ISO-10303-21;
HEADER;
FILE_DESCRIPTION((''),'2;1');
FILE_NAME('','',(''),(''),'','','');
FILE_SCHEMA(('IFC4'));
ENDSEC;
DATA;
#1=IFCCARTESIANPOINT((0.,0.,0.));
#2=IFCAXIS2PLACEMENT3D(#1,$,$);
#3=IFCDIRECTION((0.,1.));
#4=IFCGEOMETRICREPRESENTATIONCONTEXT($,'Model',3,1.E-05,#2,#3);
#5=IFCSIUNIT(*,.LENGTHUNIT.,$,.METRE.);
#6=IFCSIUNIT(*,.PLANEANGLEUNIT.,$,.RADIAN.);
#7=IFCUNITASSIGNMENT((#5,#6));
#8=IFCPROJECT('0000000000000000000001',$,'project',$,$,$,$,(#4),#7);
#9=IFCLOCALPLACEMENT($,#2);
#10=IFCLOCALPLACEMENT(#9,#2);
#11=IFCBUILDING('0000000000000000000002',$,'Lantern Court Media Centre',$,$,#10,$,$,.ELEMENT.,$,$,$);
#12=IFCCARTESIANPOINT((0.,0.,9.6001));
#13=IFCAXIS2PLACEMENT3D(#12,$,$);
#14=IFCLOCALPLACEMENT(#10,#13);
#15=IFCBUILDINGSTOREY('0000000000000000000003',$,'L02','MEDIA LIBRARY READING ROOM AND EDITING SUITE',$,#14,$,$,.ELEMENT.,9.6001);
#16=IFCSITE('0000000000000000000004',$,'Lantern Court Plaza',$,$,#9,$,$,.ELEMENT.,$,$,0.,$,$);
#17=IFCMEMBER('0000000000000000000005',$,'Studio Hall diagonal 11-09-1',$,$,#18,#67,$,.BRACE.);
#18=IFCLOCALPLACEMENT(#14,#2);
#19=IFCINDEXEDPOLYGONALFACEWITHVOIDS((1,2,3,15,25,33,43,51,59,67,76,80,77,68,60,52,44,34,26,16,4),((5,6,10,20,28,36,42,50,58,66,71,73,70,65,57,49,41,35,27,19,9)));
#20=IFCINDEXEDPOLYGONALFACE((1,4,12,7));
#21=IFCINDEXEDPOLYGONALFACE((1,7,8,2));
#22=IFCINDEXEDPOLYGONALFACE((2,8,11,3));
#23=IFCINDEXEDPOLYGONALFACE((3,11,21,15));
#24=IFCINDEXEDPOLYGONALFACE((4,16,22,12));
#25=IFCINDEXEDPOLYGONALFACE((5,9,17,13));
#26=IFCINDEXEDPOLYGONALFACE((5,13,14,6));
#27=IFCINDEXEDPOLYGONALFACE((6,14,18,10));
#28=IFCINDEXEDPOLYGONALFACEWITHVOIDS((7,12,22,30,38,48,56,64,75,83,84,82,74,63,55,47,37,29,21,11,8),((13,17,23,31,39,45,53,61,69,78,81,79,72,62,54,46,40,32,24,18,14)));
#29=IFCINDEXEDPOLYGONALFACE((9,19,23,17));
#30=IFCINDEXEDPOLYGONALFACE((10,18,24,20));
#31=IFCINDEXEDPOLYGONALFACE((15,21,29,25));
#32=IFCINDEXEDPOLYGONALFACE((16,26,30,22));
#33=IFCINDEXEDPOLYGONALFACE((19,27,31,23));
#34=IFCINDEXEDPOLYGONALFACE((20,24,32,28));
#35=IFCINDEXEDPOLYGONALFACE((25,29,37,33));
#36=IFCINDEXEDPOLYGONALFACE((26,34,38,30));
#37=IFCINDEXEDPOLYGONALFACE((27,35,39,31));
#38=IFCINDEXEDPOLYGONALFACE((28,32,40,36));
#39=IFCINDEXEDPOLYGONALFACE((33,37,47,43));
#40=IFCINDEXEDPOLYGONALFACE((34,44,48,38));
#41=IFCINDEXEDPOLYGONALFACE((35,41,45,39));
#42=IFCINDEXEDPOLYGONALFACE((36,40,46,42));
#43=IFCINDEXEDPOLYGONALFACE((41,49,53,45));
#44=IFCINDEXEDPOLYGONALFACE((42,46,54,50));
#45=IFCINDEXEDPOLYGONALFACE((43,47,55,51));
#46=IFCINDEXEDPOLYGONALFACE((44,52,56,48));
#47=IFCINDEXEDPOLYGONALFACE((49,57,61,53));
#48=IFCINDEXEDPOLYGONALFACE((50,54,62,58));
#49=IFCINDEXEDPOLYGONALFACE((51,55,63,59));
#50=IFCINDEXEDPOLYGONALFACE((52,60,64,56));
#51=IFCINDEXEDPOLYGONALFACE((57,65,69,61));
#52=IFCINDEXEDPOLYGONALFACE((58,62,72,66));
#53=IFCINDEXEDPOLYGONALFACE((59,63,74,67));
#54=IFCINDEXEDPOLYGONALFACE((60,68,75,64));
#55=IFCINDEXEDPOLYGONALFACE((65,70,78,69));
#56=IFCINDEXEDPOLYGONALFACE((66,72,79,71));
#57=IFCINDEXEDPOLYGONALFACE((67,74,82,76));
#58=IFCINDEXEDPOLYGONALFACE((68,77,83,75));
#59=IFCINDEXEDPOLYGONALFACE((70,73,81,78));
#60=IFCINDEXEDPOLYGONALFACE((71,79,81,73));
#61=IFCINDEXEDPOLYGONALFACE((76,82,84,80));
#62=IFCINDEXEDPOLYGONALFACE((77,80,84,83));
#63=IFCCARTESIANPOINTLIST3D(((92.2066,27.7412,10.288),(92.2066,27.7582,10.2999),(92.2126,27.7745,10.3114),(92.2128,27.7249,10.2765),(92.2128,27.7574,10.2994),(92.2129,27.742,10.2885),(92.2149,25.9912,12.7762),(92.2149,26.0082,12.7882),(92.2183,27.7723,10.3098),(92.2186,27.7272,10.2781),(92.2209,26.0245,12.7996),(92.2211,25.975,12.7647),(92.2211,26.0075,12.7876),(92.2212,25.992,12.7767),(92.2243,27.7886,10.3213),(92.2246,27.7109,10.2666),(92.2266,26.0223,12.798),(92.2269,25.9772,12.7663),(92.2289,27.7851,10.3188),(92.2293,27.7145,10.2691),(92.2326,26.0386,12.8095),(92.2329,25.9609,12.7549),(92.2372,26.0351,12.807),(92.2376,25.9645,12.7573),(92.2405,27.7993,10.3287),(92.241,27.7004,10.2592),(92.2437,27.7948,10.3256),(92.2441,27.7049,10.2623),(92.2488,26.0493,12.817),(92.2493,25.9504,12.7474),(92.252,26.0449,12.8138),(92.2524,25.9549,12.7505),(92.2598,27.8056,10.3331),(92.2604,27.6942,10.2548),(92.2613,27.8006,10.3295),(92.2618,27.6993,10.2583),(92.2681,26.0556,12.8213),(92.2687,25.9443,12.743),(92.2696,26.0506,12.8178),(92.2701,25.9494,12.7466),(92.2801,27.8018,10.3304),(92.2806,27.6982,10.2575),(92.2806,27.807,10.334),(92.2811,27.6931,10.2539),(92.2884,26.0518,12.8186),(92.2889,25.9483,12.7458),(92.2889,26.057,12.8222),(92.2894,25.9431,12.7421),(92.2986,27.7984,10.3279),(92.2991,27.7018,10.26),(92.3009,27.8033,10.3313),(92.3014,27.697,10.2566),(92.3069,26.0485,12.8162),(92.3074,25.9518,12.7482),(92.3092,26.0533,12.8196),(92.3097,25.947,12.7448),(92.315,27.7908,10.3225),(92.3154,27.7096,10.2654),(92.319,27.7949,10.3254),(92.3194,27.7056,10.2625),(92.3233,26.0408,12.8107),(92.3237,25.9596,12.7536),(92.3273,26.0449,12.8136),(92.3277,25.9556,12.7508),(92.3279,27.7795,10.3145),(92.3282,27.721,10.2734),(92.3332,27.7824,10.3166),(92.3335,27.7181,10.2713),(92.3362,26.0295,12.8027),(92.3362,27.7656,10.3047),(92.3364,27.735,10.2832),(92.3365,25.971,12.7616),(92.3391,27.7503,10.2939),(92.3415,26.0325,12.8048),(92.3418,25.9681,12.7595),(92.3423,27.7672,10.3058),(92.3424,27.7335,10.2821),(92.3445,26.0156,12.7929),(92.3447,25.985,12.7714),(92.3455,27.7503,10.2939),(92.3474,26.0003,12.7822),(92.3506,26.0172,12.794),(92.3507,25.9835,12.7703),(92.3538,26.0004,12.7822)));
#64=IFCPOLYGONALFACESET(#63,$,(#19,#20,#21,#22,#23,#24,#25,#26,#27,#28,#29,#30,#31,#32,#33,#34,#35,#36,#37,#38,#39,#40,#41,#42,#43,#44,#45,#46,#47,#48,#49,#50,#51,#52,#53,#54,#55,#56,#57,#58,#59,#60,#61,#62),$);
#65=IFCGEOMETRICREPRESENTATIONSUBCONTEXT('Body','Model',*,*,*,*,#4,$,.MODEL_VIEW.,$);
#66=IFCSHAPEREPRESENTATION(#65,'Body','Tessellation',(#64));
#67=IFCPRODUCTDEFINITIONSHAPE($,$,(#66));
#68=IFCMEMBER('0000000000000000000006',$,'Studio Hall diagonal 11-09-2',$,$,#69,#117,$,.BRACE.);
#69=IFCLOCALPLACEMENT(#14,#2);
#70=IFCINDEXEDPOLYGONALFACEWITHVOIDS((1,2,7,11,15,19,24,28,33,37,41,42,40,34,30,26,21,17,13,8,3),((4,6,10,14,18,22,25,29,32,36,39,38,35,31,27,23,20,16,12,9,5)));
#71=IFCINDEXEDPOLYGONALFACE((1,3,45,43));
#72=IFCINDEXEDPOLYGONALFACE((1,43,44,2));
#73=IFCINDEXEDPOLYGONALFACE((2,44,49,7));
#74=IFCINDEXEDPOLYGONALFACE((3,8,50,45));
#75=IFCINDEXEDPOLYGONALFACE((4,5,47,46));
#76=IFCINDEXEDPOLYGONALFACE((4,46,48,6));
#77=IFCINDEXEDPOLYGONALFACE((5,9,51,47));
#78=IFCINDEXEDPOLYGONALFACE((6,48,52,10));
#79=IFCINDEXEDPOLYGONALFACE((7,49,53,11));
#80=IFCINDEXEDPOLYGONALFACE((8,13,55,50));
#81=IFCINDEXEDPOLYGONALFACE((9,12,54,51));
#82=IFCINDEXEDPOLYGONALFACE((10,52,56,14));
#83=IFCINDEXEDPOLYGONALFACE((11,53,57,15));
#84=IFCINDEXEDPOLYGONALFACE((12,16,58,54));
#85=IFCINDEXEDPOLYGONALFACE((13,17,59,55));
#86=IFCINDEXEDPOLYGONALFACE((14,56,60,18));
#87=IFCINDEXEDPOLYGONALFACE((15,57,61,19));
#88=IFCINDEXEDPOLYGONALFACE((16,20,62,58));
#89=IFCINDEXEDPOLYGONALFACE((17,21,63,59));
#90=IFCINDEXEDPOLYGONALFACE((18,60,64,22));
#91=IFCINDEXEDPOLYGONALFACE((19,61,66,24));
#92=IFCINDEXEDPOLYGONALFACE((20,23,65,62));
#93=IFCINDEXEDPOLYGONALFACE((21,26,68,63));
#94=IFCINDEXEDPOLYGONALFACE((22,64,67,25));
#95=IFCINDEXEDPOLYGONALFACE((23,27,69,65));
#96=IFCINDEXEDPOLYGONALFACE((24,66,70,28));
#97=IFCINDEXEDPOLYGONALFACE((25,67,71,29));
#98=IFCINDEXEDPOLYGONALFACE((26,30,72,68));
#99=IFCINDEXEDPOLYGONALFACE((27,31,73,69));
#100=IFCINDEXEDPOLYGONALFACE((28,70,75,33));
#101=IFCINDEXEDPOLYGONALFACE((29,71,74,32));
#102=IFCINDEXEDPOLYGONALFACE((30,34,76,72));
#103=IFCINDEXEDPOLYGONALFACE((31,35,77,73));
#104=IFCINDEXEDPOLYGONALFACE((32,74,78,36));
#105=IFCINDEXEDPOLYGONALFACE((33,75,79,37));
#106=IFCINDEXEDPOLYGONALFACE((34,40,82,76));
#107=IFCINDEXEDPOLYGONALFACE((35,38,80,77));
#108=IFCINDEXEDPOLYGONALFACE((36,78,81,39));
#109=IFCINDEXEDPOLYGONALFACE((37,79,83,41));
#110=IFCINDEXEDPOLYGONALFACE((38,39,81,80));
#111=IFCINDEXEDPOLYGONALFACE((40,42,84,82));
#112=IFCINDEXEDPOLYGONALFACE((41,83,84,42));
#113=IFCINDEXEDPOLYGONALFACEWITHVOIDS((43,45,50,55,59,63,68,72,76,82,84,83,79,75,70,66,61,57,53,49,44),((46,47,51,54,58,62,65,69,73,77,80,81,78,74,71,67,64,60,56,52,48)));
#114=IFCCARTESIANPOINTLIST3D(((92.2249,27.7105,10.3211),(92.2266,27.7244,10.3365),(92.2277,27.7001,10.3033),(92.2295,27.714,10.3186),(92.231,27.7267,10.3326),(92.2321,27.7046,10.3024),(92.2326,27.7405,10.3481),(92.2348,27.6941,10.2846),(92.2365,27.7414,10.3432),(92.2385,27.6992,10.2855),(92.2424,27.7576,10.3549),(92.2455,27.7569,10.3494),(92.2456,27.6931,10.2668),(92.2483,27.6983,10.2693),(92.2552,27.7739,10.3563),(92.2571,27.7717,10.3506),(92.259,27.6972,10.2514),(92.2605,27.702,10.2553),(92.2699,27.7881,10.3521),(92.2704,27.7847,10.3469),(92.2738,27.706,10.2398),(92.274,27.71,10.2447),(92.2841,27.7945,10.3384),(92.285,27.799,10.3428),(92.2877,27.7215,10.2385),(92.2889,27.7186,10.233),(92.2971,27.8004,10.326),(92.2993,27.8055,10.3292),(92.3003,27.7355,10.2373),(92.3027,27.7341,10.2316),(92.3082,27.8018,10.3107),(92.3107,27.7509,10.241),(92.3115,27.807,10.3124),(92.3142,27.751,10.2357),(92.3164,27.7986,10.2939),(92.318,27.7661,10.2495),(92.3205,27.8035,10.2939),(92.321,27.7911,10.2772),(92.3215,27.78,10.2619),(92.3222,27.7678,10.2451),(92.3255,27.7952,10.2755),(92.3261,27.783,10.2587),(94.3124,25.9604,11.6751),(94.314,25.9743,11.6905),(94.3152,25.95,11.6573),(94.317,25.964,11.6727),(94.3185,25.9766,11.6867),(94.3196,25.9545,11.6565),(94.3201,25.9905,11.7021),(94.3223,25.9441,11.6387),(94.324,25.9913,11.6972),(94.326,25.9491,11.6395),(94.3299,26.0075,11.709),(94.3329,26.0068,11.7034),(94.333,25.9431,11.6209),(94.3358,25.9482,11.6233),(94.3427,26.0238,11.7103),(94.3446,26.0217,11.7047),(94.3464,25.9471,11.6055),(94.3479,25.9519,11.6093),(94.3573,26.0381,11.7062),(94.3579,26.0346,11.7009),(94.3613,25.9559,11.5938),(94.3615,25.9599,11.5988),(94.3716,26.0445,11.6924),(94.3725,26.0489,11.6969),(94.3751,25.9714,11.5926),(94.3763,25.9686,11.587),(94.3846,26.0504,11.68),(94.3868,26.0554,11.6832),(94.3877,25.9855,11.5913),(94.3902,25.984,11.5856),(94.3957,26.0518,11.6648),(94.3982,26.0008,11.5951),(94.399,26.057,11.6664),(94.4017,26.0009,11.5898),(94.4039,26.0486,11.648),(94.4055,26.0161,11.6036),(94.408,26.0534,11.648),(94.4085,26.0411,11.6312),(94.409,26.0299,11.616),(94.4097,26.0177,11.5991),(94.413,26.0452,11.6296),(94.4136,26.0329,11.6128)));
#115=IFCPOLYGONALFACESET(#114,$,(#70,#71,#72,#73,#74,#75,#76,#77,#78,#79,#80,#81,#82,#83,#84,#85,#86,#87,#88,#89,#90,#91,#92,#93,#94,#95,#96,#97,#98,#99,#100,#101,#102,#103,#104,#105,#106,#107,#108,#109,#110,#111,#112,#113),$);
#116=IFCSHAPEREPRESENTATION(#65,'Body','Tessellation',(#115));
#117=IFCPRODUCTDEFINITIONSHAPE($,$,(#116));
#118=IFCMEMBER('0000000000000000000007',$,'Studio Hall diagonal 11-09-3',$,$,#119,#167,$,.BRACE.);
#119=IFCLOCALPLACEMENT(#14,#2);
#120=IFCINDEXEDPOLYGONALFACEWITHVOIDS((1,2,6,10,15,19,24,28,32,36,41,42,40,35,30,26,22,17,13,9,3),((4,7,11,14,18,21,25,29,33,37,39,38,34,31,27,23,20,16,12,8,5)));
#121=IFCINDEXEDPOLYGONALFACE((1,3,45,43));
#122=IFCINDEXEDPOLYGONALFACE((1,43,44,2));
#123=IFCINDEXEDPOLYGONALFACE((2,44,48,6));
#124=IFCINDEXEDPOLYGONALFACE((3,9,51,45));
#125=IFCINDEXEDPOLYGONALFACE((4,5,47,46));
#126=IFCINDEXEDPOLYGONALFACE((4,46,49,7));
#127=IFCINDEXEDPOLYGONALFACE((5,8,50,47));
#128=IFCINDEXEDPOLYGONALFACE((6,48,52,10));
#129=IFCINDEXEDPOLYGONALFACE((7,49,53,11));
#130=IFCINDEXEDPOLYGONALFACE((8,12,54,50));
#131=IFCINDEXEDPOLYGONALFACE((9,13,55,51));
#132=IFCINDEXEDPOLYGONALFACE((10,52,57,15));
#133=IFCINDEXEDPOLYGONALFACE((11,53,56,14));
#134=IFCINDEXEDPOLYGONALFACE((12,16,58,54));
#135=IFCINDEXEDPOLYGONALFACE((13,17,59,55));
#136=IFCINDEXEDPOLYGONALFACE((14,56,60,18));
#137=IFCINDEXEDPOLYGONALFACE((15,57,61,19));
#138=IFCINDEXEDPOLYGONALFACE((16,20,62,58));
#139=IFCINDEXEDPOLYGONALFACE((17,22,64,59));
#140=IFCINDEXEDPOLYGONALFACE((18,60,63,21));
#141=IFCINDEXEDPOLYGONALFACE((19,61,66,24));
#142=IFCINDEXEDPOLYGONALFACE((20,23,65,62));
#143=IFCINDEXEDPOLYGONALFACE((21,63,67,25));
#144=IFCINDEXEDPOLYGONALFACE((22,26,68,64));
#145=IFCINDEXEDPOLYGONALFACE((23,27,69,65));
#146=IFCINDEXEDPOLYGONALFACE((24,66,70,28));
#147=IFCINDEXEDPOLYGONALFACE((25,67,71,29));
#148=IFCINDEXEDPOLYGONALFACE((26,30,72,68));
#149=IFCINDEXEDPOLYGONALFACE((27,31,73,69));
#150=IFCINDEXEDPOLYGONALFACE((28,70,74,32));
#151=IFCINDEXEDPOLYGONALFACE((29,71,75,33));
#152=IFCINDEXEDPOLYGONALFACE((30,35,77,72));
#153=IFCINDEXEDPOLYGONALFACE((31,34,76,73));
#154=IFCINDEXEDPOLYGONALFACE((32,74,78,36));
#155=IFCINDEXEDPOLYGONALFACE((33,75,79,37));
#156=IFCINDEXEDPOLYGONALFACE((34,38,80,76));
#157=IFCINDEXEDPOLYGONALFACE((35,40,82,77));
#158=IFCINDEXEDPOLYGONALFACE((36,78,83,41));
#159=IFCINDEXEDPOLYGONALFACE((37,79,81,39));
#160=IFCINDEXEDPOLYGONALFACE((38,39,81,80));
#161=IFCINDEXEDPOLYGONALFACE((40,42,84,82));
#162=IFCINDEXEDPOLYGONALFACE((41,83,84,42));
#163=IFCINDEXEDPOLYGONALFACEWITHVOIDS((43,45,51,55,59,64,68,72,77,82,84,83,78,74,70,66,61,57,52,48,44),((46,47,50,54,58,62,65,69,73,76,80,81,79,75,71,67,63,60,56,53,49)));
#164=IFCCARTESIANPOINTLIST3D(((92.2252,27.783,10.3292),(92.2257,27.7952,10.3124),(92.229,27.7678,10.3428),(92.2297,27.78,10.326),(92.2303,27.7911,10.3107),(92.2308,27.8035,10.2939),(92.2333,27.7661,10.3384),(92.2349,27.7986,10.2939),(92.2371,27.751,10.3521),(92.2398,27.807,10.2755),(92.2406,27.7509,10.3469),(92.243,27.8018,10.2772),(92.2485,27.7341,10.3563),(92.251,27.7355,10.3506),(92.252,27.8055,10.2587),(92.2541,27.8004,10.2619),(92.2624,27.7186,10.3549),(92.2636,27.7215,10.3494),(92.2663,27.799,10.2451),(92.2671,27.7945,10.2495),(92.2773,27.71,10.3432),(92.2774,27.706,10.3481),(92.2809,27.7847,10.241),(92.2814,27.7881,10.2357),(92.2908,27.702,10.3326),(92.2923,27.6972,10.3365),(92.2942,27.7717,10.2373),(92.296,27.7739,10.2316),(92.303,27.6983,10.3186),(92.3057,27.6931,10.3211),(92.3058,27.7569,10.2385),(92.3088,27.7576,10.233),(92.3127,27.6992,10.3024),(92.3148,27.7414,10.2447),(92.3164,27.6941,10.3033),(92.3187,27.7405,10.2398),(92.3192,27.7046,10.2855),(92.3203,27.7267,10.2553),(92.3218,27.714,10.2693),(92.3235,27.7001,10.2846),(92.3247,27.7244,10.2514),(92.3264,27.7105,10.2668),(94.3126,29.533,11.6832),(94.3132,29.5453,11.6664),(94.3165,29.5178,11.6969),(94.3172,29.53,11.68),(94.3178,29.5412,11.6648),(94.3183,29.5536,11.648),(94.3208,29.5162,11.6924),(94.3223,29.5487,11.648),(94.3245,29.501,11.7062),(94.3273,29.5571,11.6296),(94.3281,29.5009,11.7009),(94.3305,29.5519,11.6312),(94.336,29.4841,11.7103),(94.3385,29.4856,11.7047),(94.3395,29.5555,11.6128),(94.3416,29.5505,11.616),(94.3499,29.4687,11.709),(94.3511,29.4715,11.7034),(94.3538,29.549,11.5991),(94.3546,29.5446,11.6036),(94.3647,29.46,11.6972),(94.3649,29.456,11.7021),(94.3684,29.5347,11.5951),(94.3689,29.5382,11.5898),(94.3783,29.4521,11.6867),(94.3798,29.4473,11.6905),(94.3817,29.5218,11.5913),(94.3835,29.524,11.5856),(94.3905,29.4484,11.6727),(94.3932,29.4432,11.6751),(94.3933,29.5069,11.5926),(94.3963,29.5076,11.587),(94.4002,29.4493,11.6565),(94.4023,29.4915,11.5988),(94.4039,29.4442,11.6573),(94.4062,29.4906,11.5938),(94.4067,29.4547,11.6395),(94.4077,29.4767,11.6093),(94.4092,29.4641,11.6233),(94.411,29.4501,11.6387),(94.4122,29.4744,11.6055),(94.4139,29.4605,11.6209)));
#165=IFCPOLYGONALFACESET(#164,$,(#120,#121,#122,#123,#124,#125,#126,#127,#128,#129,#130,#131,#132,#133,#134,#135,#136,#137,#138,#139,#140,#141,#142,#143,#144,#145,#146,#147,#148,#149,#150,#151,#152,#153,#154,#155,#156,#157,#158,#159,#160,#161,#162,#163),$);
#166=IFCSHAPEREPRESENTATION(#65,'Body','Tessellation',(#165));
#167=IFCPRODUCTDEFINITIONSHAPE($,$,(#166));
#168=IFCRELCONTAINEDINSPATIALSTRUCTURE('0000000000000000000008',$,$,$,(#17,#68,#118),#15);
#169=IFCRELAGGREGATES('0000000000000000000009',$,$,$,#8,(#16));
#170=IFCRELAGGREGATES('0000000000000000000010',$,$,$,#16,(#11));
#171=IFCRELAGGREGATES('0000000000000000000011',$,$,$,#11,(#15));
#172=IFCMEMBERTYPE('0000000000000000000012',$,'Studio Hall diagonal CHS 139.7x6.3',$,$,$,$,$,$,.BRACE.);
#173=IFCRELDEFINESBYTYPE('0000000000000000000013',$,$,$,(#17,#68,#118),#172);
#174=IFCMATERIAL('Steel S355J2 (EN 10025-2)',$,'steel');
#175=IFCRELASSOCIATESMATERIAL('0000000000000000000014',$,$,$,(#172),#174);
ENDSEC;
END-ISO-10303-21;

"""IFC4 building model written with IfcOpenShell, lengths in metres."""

from ifc_helpers import new_model, si_unit, direction, frame, origin, origin_2d, place, context, subcontext, project, spatial, hollow_circle, extrude, material, material_profile, profile_set, type_object, element, save


model = new_model("IFC4")

# Units and contexts
model_context = context("Model", 3, precision=1e-05, world=origin(), true_north=direction((0.0, 1.0)))
body_context = subcontext(model_context, "Body", "Model", "MODEL_VIEW")
ifc_project = project(units=[si_unit("LENGTHUNIT", "METRE"), si_unit("PLANEANGLEUNIT", "RADIAN")], contexts=[model_context])

# Site, building, storey
site_placement = place(None, origin())
site = spatial("IfcSite", under=ifc_project, at=site_placement, Name="Lantern Court Plaza", CompositionType="ELEMENT", RefElevation=0.0)
building_placement = place(site_placement, origin())
building = spatial("IfcBuilding", under=site, at=building_placement, Name="Lantern Court Media Centre", CompositionType="ELEMENT")
storey_placement = place(building_placement, frame((0.0, 0.0, 9.6001)))
storey = spatial("IfcBuildingStorey", under=building, at=storey_placement, Name="L02", Description="MEDIA LIBRARY READING ROOM AND EDITING SUITE", CompositionType="ELEMENT", Elevation=9.6001)

# Members
ifc_material = material(Name="Steel S355J2 (EN 10025-2)", Category="steel")
ifc_material_profile_1 = material_profile(ifc_material, hollow_circle(Radius=0.0698, WallThickness=0.0063, at=origin_2d()), Name="Studio Hall diagonal CHS 139.7x6.3")
ifc_profile_set_1 = profile_set([ifc_material_profile_1], Name="Steel S355J2 (EN 10025-2)")
member_type_1 = type_object("IfcMemberType", Name="Studio Hall diagonal CHS 139.7x6.3", PredefinedType="BRACE", material=ifc_profile_set_1)
for number, where, z_axis, x_axis, name in (
    (1, (92.2756, 27.75, 10.2939), (0.002729, -0.575269, 0.81796), (0.999989, 0.004743, 0.0), "Studio Hall diagonal 11-09-1"),
    (2, (92.2756, 27.75, 10.2939), (0.68622, -0.575301, 0.44512), (0.642456, 0.766322, 0.0), "Studio Hall diagonal 11-09-2"),
    (3, (92.2756, 27.75, 10.2939), (0.68622, 0.575301, 0.44512), (-0.642456, 0.766322, 0.0), "Studio Hall diagonal 11-09-3"),
):
    element("IfcMember", number, at=place(storey_placement, frame(where, z_axis=z_axis, x_axis=x_axis)), inside=storey, type_object=member_type_1, Name=name, PredefinedType="BRACE", context=body_context, shape_type="SweptSolid", body=[
        extrude(hollow_circle(Radius=0.0698, WallThickness=0.0063, at=origin_2d()), origin(), (0.0, 0.0, 1.0), 3.042),
    ])

save(model, "model.ifc")
